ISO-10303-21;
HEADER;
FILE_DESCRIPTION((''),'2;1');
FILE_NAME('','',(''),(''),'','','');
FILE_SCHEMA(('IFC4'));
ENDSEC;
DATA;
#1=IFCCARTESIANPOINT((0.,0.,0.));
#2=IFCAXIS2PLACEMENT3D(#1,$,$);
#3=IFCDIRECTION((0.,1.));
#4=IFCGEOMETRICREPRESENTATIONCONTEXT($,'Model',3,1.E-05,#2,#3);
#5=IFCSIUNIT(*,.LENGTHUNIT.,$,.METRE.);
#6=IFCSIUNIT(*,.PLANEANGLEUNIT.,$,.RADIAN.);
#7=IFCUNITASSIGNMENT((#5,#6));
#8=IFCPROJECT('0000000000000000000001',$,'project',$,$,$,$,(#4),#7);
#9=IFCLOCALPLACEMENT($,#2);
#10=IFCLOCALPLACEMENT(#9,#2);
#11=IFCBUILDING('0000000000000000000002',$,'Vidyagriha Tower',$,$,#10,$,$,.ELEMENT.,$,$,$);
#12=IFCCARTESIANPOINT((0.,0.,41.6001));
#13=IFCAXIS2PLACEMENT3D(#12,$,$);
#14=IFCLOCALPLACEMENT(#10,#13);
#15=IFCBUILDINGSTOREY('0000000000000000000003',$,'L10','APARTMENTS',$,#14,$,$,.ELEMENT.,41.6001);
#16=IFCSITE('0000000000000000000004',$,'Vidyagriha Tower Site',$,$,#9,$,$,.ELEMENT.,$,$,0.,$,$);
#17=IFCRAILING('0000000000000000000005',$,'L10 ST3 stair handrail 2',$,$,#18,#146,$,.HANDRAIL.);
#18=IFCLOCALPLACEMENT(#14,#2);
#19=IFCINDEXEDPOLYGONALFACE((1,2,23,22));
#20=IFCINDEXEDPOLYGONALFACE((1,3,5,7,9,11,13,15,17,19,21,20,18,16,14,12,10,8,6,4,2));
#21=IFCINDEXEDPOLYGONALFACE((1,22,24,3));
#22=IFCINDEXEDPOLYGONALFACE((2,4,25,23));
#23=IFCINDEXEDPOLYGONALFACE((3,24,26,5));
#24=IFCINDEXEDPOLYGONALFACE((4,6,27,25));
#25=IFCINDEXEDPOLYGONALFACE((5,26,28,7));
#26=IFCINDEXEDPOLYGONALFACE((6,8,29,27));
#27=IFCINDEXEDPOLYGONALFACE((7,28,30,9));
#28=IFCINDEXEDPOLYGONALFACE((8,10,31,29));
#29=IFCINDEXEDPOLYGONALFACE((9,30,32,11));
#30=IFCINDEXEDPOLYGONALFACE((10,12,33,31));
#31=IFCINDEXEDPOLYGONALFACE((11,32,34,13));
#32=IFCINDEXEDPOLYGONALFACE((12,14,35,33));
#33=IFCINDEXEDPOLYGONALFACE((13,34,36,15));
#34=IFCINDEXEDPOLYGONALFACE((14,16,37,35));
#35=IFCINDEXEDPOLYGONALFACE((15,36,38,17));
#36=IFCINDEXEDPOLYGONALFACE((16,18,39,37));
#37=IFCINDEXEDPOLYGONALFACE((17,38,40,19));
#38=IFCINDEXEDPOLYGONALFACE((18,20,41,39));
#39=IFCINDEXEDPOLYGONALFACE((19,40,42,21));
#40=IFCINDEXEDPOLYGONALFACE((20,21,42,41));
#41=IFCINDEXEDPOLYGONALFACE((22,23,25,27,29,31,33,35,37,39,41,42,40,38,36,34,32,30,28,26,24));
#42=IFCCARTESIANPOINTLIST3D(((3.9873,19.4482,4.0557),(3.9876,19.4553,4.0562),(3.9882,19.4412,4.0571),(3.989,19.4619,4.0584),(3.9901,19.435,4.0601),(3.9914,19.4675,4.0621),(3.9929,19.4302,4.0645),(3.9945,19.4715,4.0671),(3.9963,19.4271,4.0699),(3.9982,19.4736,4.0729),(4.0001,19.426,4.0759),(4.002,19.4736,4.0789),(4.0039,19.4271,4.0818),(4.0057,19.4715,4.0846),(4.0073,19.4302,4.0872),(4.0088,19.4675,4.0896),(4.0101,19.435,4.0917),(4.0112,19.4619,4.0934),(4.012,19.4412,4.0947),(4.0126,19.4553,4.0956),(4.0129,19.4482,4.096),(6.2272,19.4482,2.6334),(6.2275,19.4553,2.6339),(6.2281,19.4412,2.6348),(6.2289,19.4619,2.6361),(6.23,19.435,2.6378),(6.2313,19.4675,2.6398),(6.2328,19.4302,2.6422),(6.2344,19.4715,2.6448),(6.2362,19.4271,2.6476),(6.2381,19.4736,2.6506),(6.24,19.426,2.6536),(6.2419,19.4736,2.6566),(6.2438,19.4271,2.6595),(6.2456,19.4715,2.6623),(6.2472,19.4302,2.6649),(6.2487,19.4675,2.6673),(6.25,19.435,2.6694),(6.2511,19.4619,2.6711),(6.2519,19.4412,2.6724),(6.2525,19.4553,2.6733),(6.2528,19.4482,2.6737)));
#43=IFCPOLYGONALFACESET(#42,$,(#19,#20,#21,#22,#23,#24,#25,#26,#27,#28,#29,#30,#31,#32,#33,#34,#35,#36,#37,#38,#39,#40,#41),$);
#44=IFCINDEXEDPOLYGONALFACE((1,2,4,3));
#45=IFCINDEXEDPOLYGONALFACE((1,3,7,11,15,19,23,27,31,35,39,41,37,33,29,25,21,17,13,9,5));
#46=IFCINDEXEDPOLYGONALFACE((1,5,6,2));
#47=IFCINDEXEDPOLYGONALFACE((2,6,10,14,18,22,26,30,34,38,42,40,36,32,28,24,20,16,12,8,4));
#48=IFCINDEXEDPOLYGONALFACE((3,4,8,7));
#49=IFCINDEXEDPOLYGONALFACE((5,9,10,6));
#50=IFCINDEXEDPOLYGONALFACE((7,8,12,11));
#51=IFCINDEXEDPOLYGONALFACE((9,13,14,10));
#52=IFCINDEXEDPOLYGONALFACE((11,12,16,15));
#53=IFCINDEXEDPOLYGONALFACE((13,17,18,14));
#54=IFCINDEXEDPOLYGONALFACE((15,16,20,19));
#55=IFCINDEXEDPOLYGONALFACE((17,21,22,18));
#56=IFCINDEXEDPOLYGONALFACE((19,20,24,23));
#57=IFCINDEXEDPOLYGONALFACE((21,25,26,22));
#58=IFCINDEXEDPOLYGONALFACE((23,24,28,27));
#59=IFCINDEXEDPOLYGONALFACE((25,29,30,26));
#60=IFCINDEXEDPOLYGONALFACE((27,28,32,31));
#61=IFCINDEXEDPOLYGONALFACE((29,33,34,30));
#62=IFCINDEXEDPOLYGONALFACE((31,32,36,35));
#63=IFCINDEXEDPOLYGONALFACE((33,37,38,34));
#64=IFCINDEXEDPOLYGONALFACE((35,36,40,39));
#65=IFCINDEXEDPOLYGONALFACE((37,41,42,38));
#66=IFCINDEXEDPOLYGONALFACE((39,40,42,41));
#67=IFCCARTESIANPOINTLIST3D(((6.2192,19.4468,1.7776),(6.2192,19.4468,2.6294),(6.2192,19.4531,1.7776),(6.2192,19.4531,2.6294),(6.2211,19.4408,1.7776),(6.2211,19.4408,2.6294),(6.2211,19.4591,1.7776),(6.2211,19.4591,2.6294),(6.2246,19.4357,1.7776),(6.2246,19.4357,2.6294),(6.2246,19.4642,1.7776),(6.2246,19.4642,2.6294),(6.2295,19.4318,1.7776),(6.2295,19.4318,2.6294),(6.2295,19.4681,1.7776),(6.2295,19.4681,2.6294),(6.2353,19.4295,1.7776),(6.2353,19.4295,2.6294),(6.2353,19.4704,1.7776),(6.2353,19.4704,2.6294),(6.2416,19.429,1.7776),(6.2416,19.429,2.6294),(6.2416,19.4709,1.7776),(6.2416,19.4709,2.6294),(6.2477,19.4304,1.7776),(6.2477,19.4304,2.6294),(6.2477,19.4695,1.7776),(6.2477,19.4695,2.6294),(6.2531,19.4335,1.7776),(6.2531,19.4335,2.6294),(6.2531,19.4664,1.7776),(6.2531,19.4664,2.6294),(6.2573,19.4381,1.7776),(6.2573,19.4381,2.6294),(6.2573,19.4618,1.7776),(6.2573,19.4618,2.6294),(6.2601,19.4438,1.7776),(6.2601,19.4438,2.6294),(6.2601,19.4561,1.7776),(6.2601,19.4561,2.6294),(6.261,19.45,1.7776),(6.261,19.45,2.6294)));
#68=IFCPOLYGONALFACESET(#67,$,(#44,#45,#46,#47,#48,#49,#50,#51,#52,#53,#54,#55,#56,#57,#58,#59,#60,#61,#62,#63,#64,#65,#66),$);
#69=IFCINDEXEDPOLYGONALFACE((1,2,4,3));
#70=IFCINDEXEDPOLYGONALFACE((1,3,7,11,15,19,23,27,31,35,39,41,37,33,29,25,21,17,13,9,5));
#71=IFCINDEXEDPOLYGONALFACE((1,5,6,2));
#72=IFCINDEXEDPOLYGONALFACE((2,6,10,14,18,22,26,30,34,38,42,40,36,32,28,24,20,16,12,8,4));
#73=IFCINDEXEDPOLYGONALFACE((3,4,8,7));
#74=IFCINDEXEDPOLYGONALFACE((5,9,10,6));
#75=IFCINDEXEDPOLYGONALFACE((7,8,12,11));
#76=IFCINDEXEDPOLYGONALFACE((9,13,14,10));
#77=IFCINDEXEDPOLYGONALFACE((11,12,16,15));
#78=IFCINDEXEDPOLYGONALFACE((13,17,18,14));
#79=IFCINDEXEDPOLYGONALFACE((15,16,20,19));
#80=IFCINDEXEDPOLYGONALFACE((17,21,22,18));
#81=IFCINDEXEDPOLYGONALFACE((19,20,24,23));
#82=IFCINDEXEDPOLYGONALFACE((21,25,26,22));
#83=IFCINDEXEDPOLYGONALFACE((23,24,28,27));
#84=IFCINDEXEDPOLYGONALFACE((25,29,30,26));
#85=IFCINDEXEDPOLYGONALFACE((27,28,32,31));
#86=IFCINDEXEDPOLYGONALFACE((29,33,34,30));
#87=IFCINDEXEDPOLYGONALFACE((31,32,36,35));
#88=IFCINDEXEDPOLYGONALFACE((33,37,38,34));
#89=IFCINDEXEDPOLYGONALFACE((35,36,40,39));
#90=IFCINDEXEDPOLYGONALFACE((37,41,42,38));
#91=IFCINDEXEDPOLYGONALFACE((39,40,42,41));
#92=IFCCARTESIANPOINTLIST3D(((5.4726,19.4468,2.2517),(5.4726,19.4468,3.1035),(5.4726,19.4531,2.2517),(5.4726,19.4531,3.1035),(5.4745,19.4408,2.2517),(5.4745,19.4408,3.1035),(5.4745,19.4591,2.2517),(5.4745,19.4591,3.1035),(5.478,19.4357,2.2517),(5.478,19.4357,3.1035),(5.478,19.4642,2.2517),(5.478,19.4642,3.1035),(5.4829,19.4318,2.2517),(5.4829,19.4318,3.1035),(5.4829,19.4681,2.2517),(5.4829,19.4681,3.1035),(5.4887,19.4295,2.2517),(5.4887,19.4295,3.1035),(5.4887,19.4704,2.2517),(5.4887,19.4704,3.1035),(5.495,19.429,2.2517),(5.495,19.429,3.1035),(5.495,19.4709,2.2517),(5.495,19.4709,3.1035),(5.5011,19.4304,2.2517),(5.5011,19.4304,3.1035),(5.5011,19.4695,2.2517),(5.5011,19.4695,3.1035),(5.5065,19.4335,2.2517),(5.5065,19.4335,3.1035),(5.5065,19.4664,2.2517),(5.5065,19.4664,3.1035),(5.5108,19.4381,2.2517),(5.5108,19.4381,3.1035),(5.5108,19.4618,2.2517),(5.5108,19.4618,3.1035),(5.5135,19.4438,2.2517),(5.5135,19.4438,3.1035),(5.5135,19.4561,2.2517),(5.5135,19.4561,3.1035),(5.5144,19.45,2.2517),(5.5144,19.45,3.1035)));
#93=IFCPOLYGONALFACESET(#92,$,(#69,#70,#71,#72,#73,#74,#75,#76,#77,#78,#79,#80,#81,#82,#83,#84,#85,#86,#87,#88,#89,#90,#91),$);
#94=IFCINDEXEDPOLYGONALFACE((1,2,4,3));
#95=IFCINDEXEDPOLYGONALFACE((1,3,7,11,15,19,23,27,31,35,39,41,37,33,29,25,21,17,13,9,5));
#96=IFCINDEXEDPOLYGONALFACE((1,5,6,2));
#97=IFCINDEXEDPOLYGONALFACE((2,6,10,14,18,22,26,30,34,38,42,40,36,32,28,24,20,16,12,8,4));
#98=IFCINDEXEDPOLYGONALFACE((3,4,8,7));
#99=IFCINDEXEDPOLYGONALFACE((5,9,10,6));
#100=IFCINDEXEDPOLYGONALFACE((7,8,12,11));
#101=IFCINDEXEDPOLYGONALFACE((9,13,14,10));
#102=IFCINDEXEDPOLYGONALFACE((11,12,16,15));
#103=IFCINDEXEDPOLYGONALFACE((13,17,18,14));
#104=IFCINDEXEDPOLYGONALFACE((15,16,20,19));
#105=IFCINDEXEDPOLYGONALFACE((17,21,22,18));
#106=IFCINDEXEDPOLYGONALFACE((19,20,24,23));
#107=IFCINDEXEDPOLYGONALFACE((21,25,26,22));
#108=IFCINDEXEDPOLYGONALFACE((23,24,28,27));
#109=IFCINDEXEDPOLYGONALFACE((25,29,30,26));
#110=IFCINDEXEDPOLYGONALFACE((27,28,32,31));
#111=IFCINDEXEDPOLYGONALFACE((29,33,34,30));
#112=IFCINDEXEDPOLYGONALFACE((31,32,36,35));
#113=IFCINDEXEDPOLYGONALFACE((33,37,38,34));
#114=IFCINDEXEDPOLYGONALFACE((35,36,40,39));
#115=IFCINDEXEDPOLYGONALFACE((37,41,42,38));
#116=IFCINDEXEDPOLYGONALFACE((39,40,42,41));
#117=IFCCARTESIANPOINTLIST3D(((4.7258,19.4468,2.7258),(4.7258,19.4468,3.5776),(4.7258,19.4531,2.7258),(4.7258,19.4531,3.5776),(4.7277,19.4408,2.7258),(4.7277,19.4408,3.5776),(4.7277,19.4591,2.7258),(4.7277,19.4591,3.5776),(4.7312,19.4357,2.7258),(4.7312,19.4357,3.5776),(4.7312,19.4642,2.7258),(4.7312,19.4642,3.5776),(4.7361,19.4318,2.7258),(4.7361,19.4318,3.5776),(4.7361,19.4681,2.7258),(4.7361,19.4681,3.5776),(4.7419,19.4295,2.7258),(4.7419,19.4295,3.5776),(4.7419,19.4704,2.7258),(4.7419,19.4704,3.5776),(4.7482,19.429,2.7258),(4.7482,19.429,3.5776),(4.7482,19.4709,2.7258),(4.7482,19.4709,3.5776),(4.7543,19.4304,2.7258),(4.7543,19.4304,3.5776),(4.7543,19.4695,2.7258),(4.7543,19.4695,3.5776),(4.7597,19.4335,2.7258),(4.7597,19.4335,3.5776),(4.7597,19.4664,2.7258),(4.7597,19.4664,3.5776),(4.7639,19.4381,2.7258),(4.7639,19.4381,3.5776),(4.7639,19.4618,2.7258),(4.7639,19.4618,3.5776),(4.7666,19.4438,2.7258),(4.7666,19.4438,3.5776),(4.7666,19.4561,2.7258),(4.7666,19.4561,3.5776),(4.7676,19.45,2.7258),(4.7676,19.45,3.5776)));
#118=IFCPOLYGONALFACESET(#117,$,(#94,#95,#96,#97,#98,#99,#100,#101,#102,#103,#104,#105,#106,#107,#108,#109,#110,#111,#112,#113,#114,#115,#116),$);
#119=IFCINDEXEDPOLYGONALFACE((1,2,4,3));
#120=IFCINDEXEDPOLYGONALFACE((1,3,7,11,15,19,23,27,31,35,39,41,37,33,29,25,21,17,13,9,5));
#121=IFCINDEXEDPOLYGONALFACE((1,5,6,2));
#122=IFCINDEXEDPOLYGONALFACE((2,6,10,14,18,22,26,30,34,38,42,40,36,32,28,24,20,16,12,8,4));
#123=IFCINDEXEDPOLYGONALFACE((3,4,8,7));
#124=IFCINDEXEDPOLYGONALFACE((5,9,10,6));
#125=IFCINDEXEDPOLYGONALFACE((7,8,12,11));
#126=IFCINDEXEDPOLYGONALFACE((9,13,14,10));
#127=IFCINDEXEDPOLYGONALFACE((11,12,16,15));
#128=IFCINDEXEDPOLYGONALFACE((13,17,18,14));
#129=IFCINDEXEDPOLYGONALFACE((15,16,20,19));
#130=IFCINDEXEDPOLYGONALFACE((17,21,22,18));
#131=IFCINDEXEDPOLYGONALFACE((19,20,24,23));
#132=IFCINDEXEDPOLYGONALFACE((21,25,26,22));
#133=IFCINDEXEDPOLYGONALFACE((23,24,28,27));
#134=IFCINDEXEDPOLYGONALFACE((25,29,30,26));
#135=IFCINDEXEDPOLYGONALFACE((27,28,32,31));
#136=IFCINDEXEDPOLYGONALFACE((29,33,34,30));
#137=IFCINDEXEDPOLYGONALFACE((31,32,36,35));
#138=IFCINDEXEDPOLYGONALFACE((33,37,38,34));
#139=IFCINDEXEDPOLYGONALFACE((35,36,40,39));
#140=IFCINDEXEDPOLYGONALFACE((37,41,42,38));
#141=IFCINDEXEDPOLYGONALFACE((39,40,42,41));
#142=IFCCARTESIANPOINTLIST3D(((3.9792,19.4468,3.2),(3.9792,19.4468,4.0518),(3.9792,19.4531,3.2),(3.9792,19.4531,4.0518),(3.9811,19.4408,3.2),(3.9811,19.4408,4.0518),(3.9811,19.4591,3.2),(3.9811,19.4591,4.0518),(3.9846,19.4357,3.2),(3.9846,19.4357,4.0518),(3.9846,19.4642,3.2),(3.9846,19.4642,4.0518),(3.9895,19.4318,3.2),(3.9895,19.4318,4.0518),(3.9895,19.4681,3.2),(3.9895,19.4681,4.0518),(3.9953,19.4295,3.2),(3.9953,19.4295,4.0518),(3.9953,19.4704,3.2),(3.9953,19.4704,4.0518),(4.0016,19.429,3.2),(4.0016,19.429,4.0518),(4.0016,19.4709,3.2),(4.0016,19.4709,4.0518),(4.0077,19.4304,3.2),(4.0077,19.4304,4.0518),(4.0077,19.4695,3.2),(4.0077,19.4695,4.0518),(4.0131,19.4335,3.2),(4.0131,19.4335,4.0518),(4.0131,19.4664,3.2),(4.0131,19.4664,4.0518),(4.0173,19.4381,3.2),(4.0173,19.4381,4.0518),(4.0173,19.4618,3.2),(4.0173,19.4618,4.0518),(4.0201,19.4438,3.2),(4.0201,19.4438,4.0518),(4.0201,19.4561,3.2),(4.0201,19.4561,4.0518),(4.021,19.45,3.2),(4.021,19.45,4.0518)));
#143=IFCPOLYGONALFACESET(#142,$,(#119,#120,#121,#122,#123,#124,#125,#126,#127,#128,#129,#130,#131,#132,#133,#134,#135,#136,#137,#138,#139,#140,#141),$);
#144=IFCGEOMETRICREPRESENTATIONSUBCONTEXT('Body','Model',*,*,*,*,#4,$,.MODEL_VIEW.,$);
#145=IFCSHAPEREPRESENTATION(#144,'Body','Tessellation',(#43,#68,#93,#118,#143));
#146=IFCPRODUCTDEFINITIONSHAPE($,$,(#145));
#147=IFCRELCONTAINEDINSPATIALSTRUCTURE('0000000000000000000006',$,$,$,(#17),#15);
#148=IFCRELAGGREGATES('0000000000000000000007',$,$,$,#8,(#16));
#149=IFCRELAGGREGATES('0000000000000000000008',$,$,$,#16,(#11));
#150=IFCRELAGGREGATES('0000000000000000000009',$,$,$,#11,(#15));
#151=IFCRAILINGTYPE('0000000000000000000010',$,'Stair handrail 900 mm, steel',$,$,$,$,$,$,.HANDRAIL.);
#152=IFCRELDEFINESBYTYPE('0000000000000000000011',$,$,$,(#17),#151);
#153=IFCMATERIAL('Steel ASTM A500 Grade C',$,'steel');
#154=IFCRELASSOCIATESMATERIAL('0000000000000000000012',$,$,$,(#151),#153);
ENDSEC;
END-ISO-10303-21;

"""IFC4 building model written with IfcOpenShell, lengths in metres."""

from ifc_helpers import new_model, si_unit, direction, frame, origin, origin_2d, place, context, subcontext, project, spatial, circle, extrude, material, type_object, element, save


model = new_model("IFC4")

# Units and contexts
model_context = context("Model", 3, precision=1e-05, world=origin(), true_north=direction((0.0, 1.0)))
body_context = subcontext(model_context, "Body", "Model", "MODEL_VIEW")
ifc_project = project(units=[si_unit("LENGTHUNIT", "METRE"), si_unit("PLANEANGLEUNIT", "RADIAN")], contexts=[model_context])

# Site, building, storey
site_placement = place(None, origin())
site = spatial("IfcSite", under=ifc_project, at=site_placement, Name="Vidyagriha Tower Site", CompositionType="ELEMENT", RefElevation=0.0)
building_placement = place(site_placement, origin())
building = spatial("IfcBuilding", under=site, at=building_placement, Name="Vidyagriha Tower", CompositionType="ELEMENT")
storey_placement = place(building_placement, frame((0.0, 0.0, 41.6001)))
storey = spatial("IfcBuildingStorey", under=building, at=storey_placement, Name="L10", Description="APARTMENTS", CompositionType="ELEMENT", Elevation=41.6001)

# Railing
ifc_material_1 = material(Name="Steel ASTM A500 Grade C", Category="steel")
railing_type_1 = type_object("IfcRailingType", Name="Stair handrail 900 mm, steel", PredefinedType="HANDRAIL", material=ifc_material_1)
railing_1_placement = place(storey_placement, frame((6.24, 19.45, 1.7776)))
element("IfcRailing", 1, at=railing_1_placement, inside=storey, type_object=railing_type_1, Name="L10 ST3 stair handrail 2", PredefinedType="HANDRAIL", context=body_context, shape_type="SweptSolid", body=[
    extrude(circle(Radius=0.0239, at=origin_2d()), frame((0.0, 0.0, 0.876), z_axis=(-0.844188, 0.0, 0.536048), x_axis=(0.0, -1.0, 0.0)), (0.0, 0.0, 1.0), 2.6533),
    extrude(circle(Radius=0.021, at=origin_2d()), origin(), (0.0, 0.0, 1.0), 0.8518),
    extrude(circle(Radius=0.021, at=origin_2d()), frame((-0.7466, 0.0, 0.4741)), (0.0, 0.0, 1.0), 0.8518),
    extrude(circle(Radius=0.021, at=origin_2d()), frame((-1.4934, 0.0, 0.9482)), (0.0, 0.0, 1.0), 0.8518),
    extrude(circle(Radius=0.021, at=origin_2d()), frame((-2.24, 0.0, 1.4224)), (0.0, 0.0, 1.0), 0.8518),
])

save(model, "model.ifc")
